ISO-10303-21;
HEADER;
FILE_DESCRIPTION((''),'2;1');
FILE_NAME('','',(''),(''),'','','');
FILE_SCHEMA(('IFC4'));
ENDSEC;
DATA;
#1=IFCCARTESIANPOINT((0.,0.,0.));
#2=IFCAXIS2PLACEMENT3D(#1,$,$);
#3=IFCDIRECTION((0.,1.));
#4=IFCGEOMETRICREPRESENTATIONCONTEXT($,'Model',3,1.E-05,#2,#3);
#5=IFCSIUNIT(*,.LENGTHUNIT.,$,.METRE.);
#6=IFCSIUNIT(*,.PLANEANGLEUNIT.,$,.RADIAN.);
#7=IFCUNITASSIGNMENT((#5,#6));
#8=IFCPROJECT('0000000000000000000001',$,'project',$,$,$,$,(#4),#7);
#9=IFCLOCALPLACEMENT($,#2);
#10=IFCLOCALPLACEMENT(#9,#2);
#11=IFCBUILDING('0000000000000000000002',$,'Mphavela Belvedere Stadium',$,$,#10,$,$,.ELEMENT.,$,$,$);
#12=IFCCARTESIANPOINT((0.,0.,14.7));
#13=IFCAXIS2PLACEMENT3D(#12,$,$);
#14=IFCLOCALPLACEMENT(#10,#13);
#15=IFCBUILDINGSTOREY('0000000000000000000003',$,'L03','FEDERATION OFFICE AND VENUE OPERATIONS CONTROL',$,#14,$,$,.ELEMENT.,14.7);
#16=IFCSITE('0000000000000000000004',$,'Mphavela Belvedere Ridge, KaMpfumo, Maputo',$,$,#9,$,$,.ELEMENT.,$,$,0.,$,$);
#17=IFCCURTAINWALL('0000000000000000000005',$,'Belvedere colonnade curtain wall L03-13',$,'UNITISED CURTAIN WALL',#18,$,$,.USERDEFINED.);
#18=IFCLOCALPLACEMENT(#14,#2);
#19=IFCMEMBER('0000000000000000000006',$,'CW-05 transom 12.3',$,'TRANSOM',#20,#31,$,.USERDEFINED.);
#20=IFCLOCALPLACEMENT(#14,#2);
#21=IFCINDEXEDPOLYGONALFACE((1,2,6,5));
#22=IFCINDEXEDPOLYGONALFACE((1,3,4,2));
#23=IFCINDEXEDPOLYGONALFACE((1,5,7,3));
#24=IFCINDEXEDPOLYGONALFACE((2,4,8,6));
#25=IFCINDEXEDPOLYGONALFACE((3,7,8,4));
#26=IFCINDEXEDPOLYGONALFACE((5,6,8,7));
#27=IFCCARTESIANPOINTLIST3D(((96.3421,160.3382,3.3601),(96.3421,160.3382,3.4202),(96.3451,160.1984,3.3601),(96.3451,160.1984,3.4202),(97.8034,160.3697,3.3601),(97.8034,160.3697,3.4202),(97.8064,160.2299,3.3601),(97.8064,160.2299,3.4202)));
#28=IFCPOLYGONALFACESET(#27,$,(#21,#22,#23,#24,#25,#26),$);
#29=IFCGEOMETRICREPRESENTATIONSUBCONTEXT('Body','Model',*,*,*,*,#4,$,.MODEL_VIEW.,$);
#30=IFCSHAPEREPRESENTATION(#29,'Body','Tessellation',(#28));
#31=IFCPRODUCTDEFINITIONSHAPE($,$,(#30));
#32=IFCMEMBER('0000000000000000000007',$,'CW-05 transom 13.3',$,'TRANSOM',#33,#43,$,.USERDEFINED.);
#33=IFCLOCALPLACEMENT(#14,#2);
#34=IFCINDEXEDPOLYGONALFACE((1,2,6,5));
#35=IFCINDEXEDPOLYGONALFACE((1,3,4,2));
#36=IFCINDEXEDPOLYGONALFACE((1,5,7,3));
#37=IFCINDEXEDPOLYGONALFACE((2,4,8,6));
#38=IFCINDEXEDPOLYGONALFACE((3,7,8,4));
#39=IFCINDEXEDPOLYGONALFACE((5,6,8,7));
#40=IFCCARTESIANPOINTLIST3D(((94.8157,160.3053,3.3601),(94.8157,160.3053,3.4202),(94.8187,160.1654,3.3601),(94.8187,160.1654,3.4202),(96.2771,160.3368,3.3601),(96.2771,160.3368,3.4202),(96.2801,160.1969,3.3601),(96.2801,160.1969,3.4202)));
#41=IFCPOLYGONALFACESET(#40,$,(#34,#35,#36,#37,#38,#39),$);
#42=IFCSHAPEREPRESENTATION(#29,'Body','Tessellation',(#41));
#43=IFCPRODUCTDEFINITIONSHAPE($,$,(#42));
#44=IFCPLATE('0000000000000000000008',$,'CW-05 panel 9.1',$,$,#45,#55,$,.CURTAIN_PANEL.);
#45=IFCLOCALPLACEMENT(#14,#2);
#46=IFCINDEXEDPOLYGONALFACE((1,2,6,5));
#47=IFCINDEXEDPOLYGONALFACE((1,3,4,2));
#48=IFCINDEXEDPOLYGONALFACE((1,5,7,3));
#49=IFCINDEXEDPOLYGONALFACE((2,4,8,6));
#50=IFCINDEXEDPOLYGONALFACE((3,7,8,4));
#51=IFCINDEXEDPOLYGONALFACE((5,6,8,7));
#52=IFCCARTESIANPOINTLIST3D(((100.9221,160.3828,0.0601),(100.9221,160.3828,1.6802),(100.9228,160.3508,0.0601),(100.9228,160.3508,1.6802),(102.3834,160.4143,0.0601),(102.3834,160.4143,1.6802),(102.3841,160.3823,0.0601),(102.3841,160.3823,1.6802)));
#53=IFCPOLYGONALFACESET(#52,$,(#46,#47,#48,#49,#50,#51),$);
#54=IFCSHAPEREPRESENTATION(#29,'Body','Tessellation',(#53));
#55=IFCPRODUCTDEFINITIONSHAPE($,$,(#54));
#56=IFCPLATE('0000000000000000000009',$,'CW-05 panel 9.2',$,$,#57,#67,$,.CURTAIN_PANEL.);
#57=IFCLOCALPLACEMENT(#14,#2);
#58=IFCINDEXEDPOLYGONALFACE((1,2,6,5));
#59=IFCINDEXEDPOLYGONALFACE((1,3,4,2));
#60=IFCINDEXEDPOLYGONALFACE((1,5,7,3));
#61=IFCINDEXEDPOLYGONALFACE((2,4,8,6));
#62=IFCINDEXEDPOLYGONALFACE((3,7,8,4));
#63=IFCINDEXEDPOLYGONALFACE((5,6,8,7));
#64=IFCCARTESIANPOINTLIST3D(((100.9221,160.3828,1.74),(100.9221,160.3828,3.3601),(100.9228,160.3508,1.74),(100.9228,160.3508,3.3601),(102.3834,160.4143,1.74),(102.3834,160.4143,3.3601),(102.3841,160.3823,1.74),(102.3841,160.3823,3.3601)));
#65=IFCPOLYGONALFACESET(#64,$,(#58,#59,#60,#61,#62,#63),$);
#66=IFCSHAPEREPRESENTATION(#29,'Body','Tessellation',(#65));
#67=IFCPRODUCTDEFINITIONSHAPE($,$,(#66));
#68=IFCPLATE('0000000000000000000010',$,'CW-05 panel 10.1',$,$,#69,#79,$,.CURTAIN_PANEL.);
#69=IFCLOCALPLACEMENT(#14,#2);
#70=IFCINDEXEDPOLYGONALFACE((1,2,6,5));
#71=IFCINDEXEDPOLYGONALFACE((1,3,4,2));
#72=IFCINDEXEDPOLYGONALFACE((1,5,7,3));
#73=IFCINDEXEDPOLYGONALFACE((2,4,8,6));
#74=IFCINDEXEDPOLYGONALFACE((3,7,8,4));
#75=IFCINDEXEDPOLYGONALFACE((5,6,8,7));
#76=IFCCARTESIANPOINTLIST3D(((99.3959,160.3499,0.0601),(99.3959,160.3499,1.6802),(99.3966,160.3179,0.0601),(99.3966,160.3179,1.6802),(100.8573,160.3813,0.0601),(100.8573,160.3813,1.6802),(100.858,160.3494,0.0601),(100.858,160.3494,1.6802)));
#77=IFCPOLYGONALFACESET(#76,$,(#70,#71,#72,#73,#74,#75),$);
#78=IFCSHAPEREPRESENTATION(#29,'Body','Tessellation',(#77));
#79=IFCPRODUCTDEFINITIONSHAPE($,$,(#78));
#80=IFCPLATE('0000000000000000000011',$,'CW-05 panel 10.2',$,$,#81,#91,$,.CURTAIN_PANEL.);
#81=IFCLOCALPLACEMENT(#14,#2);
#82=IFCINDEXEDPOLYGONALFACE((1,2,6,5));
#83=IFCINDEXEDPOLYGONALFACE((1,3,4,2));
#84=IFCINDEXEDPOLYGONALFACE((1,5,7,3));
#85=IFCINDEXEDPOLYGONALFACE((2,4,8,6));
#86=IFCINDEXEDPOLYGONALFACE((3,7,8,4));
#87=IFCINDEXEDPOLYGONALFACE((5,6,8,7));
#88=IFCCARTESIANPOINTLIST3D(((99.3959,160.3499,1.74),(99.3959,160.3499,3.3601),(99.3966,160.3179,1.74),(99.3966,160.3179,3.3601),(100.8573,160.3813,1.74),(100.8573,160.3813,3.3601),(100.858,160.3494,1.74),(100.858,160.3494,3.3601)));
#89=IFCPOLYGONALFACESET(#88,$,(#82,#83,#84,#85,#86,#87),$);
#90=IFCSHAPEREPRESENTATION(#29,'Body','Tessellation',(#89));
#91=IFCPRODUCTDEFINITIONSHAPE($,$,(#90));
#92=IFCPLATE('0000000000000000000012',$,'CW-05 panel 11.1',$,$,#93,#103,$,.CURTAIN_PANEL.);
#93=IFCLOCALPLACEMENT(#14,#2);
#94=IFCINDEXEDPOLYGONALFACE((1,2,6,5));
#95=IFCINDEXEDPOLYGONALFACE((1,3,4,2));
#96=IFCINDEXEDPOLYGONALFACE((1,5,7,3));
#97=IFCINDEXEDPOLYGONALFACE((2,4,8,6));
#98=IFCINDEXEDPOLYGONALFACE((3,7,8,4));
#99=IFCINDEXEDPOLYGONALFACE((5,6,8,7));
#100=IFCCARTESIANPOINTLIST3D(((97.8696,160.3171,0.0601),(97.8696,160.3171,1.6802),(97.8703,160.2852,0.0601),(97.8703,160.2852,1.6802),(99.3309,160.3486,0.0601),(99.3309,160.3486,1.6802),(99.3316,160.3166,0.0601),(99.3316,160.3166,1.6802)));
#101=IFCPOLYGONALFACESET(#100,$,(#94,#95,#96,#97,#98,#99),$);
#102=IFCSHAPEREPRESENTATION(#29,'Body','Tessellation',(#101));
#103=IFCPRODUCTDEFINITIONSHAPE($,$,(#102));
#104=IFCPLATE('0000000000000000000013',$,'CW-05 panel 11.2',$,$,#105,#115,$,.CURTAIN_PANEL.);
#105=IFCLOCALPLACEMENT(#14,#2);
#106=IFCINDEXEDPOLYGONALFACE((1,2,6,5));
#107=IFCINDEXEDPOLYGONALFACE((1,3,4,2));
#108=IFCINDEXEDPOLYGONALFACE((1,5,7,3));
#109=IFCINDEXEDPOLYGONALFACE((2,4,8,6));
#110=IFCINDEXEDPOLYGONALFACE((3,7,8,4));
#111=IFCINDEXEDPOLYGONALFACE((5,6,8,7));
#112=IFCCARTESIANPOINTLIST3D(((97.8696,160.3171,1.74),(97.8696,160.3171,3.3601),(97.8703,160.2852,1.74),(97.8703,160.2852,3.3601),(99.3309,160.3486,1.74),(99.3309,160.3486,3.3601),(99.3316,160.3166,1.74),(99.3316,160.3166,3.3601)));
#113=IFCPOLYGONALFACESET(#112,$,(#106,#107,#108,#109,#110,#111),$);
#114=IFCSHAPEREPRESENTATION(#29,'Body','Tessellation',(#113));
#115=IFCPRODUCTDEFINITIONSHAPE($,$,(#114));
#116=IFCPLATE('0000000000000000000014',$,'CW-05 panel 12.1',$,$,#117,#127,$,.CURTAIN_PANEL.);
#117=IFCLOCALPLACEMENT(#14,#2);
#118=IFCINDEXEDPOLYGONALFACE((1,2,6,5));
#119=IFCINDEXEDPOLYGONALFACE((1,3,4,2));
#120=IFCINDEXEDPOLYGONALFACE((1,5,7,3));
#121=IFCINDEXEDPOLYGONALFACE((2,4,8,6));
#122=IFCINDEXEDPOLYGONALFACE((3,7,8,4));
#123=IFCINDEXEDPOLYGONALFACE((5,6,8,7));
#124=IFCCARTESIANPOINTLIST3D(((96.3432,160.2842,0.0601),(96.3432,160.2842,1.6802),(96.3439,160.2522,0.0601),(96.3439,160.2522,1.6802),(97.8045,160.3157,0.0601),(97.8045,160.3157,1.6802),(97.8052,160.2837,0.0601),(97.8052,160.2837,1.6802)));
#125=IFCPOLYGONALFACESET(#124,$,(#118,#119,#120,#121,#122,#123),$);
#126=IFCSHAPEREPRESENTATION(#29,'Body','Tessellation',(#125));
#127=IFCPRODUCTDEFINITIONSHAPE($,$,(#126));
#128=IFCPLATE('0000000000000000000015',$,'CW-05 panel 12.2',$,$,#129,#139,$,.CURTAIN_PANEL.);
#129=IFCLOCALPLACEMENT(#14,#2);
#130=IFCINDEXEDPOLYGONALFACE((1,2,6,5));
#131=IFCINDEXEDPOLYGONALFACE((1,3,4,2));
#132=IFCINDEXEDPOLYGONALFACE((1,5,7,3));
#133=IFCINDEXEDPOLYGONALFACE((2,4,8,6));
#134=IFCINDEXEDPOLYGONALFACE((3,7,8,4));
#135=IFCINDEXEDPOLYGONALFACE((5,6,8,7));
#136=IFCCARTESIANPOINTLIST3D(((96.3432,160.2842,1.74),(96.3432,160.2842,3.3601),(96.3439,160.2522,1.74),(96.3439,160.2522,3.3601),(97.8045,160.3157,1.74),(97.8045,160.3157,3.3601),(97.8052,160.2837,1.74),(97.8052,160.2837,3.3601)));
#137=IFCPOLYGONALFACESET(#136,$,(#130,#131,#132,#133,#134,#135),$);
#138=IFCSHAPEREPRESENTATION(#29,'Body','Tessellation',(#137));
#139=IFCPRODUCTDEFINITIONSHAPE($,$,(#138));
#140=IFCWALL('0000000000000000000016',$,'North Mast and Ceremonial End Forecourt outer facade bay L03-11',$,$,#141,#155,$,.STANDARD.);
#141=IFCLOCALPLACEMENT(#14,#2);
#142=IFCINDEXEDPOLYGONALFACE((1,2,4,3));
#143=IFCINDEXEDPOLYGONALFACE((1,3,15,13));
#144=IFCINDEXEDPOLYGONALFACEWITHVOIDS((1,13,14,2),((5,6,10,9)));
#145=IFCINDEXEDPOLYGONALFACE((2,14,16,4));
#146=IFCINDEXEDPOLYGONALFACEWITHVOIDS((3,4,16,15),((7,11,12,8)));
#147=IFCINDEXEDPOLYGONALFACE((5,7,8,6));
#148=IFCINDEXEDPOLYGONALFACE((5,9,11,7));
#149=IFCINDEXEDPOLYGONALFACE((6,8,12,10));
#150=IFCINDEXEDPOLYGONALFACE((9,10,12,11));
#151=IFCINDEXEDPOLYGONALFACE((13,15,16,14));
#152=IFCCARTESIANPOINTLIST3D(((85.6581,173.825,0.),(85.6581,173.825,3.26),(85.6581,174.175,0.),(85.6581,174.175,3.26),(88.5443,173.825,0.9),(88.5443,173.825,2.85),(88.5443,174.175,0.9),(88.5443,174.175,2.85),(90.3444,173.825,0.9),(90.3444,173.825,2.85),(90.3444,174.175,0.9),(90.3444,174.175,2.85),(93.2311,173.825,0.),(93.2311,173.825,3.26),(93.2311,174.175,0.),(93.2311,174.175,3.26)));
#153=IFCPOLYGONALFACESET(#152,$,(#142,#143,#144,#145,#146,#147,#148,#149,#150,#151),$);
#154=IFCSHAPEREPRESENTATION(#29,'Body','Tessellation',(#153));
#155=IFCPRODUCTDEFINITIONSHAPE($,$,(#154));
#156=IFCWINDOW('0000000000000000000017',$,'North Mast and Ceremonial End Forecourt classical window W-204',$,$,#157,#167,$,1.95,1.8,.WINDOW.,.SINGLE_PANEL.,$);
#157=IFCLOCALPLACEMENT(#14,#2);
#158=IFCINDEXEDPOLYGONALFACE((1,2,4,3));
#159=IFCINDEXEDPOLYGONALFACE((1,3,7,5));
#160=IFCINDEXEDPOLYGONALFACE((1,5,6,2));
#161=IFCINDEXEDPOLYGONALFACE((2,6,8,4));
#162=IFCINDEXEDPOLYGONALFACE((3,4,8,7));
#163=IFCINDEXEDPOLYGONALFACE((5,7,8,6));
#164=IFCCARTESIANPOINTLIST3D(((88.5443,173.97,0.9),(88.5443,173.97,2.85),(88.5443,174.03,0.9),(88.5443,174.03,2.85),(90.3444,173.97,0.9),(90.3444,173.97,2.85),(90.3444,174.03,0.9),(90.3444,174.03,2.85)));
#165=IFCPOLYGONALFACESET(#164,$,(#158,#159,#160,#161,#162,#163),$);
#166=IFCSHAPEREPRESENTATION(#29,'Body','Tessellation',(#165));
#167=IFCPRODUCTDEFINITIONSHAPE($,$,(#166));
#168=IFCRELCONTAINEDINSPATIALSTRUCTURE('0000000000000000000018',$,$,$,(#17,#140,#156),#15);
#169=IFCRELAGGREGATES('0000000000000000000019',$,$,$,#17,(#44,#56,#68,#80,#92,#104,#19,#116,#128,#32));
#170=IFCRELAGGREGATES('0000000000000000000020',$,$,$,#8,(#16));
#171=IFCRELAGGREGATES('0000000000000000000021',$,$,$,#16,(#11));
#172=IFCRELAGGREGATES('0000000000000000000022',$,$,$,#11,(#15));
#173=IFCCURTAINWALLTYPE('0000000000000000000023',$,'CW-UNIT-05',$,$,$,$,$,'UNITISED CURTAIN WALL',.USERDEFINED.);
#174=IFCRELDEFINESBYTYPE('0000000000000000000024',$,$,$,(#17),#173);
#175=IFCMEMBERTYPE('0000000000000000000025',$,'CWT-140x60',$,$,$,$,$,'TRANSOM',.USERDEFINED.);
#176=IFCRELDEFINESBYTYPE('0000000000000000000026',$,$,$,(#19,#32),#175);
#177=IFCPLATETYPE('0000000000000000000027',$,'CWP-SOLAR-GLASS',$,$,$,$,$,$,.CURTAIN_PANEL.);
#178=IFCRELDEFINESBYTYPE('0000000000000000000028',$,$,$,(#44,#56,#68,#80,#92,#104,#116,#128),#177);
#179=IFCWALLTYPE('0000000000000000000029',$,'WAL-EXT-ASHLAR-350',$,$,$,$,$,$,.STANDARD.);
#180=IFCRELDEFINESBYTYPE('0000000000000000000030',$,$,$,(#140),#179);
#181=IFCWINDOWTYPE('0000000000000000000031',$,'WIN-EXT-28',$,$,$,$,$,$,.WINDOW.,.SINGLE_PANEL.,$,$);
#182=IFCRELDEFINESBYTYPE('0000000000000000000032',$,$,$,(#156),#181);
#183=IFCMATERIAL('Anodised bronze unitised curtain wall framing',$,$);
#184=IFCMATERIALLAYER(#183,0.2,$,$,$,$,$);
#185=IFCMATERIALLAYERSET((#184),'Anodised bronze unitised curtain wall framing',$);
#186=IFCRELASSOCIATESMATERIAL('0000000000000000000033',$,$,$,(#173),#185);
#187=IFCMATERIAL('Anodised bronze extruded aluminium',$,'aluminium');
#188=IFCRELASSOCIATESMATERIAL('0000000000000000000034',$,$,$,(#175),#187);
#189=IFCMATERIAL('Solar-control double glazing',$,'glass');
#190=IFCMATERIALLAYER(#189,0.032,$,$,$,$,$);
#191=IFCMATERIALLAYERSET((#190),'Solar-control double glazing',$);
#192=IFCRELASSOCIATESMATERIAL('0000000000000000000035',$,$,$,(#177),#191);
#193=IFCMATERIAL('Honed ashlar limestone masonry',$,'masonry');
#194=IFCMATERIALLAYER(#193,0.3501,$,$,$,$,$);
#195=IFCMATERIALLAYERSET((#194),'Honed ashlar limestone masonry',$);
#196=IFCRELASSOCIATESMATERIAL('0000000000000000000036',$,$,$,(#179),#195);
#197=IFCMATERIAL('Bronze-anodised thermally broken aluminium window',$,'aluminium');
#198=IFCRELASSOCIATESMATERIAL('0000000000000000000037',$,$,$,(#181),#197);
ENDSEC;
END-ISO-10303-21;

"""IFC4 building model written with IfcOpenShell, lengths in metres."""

from ifc_helpers import new_model, si_unit, direction, frame, frame_2d, origin, origin_2d, place, context, subcontext, project, spatial, rectangle, extrude, material, layer, layer_set, material_profile, profile_set, type_object, element, fill, aggregate, save


model = new_model("IFC4")

# Units and contexts
model_context = context("Model", 3, precision=1e-05, world=origin(), true_north=direction((0.0, 1.0)))
body_context = subcontext(model_context, "Body", "Model", "MODEL_VIEW")
ifc_project = project(units=[si_unit("LENGTHUNIT", "METRE"), si_unit("PLANEANGLEUNIT", "RADIAN")], contexts=[model_context])

# Site, building, storey
site_placement = place(None, origin())
site = spatial("IfcSite", under=ifc_project, at=site_placement, Name="Mphavela Belvedere Ridge, KaMpfumo, Maputo", CompositionType="ELEMENT", RefElevation=0.0)
building_placement = place(site_placement, origin())
building = spatial("IfcBuilding", under=site, at=building_placement, Name="Mphavela Belvedere Stadium", CompositionType="ELEMENT")
storey_placement = place(building_placement, frame((0.0, 0.0, 14.7)))
storey = spatial("IfcBuildingStorey", under=building, at=storey_placement, Name="L03", Description="FEDERATION OFFICE AND VENUE OPERATIONS CONTROL", CompositionType="ELEMENT", Elevation=14.7)

# Curtain wall, members, plates
ifc_material_1 = material(Name="Anodised bronze unitised curtain wall framing")
ifc_layer_1 = layer(ifc_material_1, 0.2)
ifc_layer_set_1 = layer_set([ifc_layer_1], Name="Anodised bronze unitised curtain wall framing")
curtain_wall_type = type_object("IfcCurtainWallType", Name="CW-UNIT-05", ElementType="UNITISED CURTAIN WALL", PredefinedType="USERDEFINED", material=ifc_layer_set_1)
curtain_wall_placement = place(storey_placement, origin())
curtain_wall = element("IfcCurtainWall", 1, at=curtain_wall_placement, inside=storey, type_object=curtain_wall_type, Name="Belvedere colonnade curtain wall L03-13", ObjectType="UNITISED CURTAIN WALL", PredefinedType="USERDEFINED")
ifc_material_2 = material(Name="Anodised bronze extruded aluminium", Category="aluminium")
ifc_material_profile_1 = material_profile(ifc_material_2, rectangle(XDim=0.1399, YDim=0.0601, at=origin_2d()), Name="CW-TRN 140x60")
ifc_profile_set_1 = profile_set([ifc_material_profile_1], Name="Anodised bronze extruded aluminium")
member_type_1 = type_object("IfcMemberType", Name="CWT-140x60", ElementType="TRANSOM", PredefinedType="USERDEFINED", material=ifc_profile_set_1)
member_1_placement = place(storey_placement, frame((97.8049, 160.2998, 3.3901), z_axis=(-0.999768, -0.021545, 0.0), x_axis=(0.021545, -0.999768, 0.0)))
member_1 = element("IfcMember", 2, at=member_1_placement, type_object=member_type_1, Name="CW-05 transom 12.3", ObjectType="TRANSOM", PredefinedType="USERDEFINED", context=body_context, shape_type="SweptSolid", body=[
    extrude(rectangle(XDim=0.1399, YDim=0.0601, at=origin_2d()), origin(), (0.0, 0.0, 1.0), 1.4617),
])
member_2_placement = place(storey_placement, frame((96.2786, 160.2668, 3.3901), z_axis=(-0.999768, -0.021545, 0.0), x_axis=(0.021545, -0.999768, 0.0)))
member_2 = element("IfcMember", 3, at=member_2_placement, type_object=member_type_1, Name="CW-05 transom 13.3", ObjectType="TRANSOM", PredefinedType="USERDEFINED", context=body_context, shape_type="SweptSolid", body=[
    extrude(rectangle(XDim=0.1399, YDim=0.0601, at=origin_2d()), origin(), (0.0, 0.0, 1.0), 1.4617),
])
ifc_material_3 = material(Name="Solar-control double glazing", Category="glass")
ifc_layer_2 = layer(ifc_material_3, 0.032)
ifc_layer_set_2 = layer_set([ifc_layer_2], Name="Solar-control double glazing")
plate_type = type_object("IfcPlateType", Name="CWP-SOLAR-GLASS", PredefinedType="CURTAIN_PANEL", material=ifc_layer_set_2)
plate_1_placement = place(storey_placement, frame((101.6531, 160.3826, 0.0601), z_axis=(0.0, 0.0, 1.0), x_axis=(-0.999768, -0.021531, 0.0)))
plate_1 = element("IfcPlate", 4, at=plate_1_placement, type_object=plate_type, Name="CW-05 panel 9.1", PredefinedType="CURTAIN_PANEL", context=body_context, shape_type="SweptSolid", body=[
    extrude(rectangle(XDim=1.4617, YDim=0.032, at=origin_2d()), origin(), (0.0, 0.0, 1.0), 1.6201),
])
plate_2_placement = place(storey_placement, frame((101.6531, 160.3826, 1.74), z_axis=(0.0, 0.0, 1.0), x_axis=(-0.999768, -0.021531, 0.0)))
plate_2 = element("IfcPlate", 5, at=plate_2_placement, type_object=plate_type, Name="CW-05 panel 9.2", PredefinedType="CURTAIN_PANEL", context=body_context, shape_type="SweptSolid", body=[
    extrude(rectangle(XDim=1.4617, YDim=0.032, at=origin_2d()), origin(), (0.0, 0.0, 1.0), 1.6201),
])
plate_3_placement = place(storey_placement, frame((100.127, 160.3496, 0.0601), z_axis=(0.0, 0.0, 1.0), x_axis=(-0.999768, -0.021531, 0.0)))
plate_3 = element("IfcPlate", 6, at=plate_3_placement, type_object=plate_type, Name="CW-05 panel 10.1", PredefinedType="CURTAIN_PANEL", context=body_context, shape_type="SweptSolid", body=[
    extrude(rectangle(XDim=1.4617, YDim=0.032, at=origin_2d()), origin(), (0.0, 0.0, 1.0), 1.6201),
])
plate_4_placement = place(storey_placement, frame((100.127, 160.3496, 1.74), z_axis=(0.0, 0.0, 1.0), x_axis=(-0.999768, -0.021531, 0.0)))
plate_4 = element("IfcPlate", 7, at=plate_4_placement, type_object=plate_type, Name="CW-05 panel 10.2", PredefinedType="CURTAIN_PANEL", context=body_context, shape_type="SweptSolid", body=[
    extrude(rectangle(XDim=1.4617, YDim=0.032, at=origin_2d()), origin(), (0.0, 0.0, 1.0), 1.6201),
])
plate_5_placement = place(storey_placement, frame((98.6006, 160.3169, 0.0601), z_axis=(0.0, 0.0, 1.0), x_axis=(-0.999768, -0.021531, 0.0)))
plate_5 = element("IfcPlate", 8, at=plate_5_placement, type_object=plate_type, Name="CW-05 panel 11.1", PredefinedType="CURTAIN_PANEL", context=body_context, shape_type="SweptSolid", body=[
    extrude(rectangle(XDim=1.4617, YDim=0.032, at=origin_2d()), origin(), (0.0, 0.0, 1.0), 1.6201),
])
plate_6_placement = place(storey_placement, frame((98.6006, 160.3169, 1.74), z_axis=(0.0, 0.0, 1.0), x_axis=(-0.999768, -0.021531, 0.0)))
plate_6 = element("IfcPlate", 9, at=plate_6_placement, type_object=plate_type, Name="CW-05 panel 11.2", PredefinedType="CURTAIN_PANEL", context=body_context, shape_type="SweptSolid", body=[
    extrude(rectangle(XDim=1.4617, YDim=0.032, at=origin_2d()), origin(), (0.0, 0.0, 1.0), 1.6201),
])
plate_7_placement = place(storey_placement, frame((97.0742, 160.2839, 0.0601), z_axis=(0.0, 0.0, 1.0), x_axis=(-0.999768, -0.021531, 0.0)))
plate_7 = element("IfcPlate", 10, at=plate_7_placement, type_object=plate_type, Name="CW-05 panel 12.1", PredefinedType="CURTAIN_PANEL", context=body_context, shape_type="SweptSolid", body=[
    extrude(rectangle(XDim=1.4617, YDim=0.032, at=origin_2d()), origin(), (0.0, 0.0, 1.0), 1.6201),
])
plate_8_placement = place(storey_placement, frame((97.0742, 160.2839, 1.74), z_axis=(0.0, 0.0, 1.0), x_axis=(-0.999768, -0.021531, 0.0)))
plate_8 = element("IfcPlate", 11, at=plate_8_placement, type_object=plate_type, Name="CW-05 panel 12.2", PredefinedType="CURTAIN_PANEL", context=body_context, shape_type="SweptSolid", body=[
    extrude(rectangle(XDim=1.4617, YDim=0.032, at=origin_2d()), origin(), (0.0, 0.0, 1.0), 1.6201),
])
aggregate(curtain_wall, [plate_1, plate_2, plate_3, plate_4, plate_5, plate_6, member_1, plate_7, plate_8, member_2])

# Wall, opening, window
ifc_material_4 = material(Name="Honed ashlar limestone masonry", Category="masonry")
ifc_layer_3 = layer(ifc_material_4, 0.3501)
ifc_layer_set_3 = layer_set([ifc_layer_3], Name="Honed ashlar limestone masonry")
wall_type_1 = type_object("IfcWallType", Name="WAL-EXT-ASHLAR-350", PredefinedType="STANDARD", material=ifc_layer_set_3)
wall_1_placement = place(storey_placement, frame((85.658, 174.0, 0.0), z_axis=(0.0, 0.0, 1.0), x_axis=(1.0, 0.0, 0.0)))
wall_1 = element("IfcWall", 12, at=wall_1_placement, inside=storey, type_object=wall_type_1, Name="North Mast and Ceremonial End Forecourt outer facade bay L03-11", PredefinedType="STANDARD", context=body_context, shape_type="SweptSolid", body=[
    extrude(rectangle(XDim=7.573, YDim=0.3501, at=frame_2d((3.7866, 0.0))), origin(), (0.0, 0.0, 1.0), 3.26),
])
opening_1_placement = place(wall_1_placement, frame((2.8865, 0.0, 0.8999)))
opening_1 = element("IfcOpeningElement", 13, at=opening_1_placement, cuts=wall_1, PredefinedType="OPENING", context=body_context, shape_type="SweptSolid", body=[
    extrude(rectangle(XDim=1.8, YDim=1.95, at=frame_2d((0.8999, 0.9751))), frame((0.0, 0.1851, 0.0), z_axis=(0.0, -1.0, 0.0), x_axis=(1.0, 0.0, 0.0)), (0.0, 0.0, 1.0), 0.3701),
])
ifc_material_5 = material(Name="Bronze-anodised thermally broken aluminium window", Category="aluminium")
window_type_1 = type_object("IfcWindowType", Name="WIN-EXT-28", PartitioningType="SINGLE_PANEL", PredefinedType="WINDOW", material=ifc_material_5)
window_1_placement = place(opening_1_placement, origin())
window_1 = element("IfcWindow", 14, at=window_1_placement, inside=storey, type_object=window_type_1, Name="North Mast and Ceremonial End Forecourt classical window W-204", OverallHeight=1.95, OverallWidth=1.8, PartitioningType="SINGLE_PANEL", PredefinedType="WINDOW", context=body_context, shape_type="SweptSolid", body=[
    extrude(rectangle(XDim=1.8, YDim=1.95, at=frame_2d((0.8999, 0.9751))), frame((0.0, 0.03, 0.0), z_axis=(0.0, -1.0, 0.0), x_axis=(1.0, 0.0, 0.0)), (0.0, 0.0, 1.0), 0.0601),
])
fill(opening_1, window_1)

save(model, "model.ifc")
